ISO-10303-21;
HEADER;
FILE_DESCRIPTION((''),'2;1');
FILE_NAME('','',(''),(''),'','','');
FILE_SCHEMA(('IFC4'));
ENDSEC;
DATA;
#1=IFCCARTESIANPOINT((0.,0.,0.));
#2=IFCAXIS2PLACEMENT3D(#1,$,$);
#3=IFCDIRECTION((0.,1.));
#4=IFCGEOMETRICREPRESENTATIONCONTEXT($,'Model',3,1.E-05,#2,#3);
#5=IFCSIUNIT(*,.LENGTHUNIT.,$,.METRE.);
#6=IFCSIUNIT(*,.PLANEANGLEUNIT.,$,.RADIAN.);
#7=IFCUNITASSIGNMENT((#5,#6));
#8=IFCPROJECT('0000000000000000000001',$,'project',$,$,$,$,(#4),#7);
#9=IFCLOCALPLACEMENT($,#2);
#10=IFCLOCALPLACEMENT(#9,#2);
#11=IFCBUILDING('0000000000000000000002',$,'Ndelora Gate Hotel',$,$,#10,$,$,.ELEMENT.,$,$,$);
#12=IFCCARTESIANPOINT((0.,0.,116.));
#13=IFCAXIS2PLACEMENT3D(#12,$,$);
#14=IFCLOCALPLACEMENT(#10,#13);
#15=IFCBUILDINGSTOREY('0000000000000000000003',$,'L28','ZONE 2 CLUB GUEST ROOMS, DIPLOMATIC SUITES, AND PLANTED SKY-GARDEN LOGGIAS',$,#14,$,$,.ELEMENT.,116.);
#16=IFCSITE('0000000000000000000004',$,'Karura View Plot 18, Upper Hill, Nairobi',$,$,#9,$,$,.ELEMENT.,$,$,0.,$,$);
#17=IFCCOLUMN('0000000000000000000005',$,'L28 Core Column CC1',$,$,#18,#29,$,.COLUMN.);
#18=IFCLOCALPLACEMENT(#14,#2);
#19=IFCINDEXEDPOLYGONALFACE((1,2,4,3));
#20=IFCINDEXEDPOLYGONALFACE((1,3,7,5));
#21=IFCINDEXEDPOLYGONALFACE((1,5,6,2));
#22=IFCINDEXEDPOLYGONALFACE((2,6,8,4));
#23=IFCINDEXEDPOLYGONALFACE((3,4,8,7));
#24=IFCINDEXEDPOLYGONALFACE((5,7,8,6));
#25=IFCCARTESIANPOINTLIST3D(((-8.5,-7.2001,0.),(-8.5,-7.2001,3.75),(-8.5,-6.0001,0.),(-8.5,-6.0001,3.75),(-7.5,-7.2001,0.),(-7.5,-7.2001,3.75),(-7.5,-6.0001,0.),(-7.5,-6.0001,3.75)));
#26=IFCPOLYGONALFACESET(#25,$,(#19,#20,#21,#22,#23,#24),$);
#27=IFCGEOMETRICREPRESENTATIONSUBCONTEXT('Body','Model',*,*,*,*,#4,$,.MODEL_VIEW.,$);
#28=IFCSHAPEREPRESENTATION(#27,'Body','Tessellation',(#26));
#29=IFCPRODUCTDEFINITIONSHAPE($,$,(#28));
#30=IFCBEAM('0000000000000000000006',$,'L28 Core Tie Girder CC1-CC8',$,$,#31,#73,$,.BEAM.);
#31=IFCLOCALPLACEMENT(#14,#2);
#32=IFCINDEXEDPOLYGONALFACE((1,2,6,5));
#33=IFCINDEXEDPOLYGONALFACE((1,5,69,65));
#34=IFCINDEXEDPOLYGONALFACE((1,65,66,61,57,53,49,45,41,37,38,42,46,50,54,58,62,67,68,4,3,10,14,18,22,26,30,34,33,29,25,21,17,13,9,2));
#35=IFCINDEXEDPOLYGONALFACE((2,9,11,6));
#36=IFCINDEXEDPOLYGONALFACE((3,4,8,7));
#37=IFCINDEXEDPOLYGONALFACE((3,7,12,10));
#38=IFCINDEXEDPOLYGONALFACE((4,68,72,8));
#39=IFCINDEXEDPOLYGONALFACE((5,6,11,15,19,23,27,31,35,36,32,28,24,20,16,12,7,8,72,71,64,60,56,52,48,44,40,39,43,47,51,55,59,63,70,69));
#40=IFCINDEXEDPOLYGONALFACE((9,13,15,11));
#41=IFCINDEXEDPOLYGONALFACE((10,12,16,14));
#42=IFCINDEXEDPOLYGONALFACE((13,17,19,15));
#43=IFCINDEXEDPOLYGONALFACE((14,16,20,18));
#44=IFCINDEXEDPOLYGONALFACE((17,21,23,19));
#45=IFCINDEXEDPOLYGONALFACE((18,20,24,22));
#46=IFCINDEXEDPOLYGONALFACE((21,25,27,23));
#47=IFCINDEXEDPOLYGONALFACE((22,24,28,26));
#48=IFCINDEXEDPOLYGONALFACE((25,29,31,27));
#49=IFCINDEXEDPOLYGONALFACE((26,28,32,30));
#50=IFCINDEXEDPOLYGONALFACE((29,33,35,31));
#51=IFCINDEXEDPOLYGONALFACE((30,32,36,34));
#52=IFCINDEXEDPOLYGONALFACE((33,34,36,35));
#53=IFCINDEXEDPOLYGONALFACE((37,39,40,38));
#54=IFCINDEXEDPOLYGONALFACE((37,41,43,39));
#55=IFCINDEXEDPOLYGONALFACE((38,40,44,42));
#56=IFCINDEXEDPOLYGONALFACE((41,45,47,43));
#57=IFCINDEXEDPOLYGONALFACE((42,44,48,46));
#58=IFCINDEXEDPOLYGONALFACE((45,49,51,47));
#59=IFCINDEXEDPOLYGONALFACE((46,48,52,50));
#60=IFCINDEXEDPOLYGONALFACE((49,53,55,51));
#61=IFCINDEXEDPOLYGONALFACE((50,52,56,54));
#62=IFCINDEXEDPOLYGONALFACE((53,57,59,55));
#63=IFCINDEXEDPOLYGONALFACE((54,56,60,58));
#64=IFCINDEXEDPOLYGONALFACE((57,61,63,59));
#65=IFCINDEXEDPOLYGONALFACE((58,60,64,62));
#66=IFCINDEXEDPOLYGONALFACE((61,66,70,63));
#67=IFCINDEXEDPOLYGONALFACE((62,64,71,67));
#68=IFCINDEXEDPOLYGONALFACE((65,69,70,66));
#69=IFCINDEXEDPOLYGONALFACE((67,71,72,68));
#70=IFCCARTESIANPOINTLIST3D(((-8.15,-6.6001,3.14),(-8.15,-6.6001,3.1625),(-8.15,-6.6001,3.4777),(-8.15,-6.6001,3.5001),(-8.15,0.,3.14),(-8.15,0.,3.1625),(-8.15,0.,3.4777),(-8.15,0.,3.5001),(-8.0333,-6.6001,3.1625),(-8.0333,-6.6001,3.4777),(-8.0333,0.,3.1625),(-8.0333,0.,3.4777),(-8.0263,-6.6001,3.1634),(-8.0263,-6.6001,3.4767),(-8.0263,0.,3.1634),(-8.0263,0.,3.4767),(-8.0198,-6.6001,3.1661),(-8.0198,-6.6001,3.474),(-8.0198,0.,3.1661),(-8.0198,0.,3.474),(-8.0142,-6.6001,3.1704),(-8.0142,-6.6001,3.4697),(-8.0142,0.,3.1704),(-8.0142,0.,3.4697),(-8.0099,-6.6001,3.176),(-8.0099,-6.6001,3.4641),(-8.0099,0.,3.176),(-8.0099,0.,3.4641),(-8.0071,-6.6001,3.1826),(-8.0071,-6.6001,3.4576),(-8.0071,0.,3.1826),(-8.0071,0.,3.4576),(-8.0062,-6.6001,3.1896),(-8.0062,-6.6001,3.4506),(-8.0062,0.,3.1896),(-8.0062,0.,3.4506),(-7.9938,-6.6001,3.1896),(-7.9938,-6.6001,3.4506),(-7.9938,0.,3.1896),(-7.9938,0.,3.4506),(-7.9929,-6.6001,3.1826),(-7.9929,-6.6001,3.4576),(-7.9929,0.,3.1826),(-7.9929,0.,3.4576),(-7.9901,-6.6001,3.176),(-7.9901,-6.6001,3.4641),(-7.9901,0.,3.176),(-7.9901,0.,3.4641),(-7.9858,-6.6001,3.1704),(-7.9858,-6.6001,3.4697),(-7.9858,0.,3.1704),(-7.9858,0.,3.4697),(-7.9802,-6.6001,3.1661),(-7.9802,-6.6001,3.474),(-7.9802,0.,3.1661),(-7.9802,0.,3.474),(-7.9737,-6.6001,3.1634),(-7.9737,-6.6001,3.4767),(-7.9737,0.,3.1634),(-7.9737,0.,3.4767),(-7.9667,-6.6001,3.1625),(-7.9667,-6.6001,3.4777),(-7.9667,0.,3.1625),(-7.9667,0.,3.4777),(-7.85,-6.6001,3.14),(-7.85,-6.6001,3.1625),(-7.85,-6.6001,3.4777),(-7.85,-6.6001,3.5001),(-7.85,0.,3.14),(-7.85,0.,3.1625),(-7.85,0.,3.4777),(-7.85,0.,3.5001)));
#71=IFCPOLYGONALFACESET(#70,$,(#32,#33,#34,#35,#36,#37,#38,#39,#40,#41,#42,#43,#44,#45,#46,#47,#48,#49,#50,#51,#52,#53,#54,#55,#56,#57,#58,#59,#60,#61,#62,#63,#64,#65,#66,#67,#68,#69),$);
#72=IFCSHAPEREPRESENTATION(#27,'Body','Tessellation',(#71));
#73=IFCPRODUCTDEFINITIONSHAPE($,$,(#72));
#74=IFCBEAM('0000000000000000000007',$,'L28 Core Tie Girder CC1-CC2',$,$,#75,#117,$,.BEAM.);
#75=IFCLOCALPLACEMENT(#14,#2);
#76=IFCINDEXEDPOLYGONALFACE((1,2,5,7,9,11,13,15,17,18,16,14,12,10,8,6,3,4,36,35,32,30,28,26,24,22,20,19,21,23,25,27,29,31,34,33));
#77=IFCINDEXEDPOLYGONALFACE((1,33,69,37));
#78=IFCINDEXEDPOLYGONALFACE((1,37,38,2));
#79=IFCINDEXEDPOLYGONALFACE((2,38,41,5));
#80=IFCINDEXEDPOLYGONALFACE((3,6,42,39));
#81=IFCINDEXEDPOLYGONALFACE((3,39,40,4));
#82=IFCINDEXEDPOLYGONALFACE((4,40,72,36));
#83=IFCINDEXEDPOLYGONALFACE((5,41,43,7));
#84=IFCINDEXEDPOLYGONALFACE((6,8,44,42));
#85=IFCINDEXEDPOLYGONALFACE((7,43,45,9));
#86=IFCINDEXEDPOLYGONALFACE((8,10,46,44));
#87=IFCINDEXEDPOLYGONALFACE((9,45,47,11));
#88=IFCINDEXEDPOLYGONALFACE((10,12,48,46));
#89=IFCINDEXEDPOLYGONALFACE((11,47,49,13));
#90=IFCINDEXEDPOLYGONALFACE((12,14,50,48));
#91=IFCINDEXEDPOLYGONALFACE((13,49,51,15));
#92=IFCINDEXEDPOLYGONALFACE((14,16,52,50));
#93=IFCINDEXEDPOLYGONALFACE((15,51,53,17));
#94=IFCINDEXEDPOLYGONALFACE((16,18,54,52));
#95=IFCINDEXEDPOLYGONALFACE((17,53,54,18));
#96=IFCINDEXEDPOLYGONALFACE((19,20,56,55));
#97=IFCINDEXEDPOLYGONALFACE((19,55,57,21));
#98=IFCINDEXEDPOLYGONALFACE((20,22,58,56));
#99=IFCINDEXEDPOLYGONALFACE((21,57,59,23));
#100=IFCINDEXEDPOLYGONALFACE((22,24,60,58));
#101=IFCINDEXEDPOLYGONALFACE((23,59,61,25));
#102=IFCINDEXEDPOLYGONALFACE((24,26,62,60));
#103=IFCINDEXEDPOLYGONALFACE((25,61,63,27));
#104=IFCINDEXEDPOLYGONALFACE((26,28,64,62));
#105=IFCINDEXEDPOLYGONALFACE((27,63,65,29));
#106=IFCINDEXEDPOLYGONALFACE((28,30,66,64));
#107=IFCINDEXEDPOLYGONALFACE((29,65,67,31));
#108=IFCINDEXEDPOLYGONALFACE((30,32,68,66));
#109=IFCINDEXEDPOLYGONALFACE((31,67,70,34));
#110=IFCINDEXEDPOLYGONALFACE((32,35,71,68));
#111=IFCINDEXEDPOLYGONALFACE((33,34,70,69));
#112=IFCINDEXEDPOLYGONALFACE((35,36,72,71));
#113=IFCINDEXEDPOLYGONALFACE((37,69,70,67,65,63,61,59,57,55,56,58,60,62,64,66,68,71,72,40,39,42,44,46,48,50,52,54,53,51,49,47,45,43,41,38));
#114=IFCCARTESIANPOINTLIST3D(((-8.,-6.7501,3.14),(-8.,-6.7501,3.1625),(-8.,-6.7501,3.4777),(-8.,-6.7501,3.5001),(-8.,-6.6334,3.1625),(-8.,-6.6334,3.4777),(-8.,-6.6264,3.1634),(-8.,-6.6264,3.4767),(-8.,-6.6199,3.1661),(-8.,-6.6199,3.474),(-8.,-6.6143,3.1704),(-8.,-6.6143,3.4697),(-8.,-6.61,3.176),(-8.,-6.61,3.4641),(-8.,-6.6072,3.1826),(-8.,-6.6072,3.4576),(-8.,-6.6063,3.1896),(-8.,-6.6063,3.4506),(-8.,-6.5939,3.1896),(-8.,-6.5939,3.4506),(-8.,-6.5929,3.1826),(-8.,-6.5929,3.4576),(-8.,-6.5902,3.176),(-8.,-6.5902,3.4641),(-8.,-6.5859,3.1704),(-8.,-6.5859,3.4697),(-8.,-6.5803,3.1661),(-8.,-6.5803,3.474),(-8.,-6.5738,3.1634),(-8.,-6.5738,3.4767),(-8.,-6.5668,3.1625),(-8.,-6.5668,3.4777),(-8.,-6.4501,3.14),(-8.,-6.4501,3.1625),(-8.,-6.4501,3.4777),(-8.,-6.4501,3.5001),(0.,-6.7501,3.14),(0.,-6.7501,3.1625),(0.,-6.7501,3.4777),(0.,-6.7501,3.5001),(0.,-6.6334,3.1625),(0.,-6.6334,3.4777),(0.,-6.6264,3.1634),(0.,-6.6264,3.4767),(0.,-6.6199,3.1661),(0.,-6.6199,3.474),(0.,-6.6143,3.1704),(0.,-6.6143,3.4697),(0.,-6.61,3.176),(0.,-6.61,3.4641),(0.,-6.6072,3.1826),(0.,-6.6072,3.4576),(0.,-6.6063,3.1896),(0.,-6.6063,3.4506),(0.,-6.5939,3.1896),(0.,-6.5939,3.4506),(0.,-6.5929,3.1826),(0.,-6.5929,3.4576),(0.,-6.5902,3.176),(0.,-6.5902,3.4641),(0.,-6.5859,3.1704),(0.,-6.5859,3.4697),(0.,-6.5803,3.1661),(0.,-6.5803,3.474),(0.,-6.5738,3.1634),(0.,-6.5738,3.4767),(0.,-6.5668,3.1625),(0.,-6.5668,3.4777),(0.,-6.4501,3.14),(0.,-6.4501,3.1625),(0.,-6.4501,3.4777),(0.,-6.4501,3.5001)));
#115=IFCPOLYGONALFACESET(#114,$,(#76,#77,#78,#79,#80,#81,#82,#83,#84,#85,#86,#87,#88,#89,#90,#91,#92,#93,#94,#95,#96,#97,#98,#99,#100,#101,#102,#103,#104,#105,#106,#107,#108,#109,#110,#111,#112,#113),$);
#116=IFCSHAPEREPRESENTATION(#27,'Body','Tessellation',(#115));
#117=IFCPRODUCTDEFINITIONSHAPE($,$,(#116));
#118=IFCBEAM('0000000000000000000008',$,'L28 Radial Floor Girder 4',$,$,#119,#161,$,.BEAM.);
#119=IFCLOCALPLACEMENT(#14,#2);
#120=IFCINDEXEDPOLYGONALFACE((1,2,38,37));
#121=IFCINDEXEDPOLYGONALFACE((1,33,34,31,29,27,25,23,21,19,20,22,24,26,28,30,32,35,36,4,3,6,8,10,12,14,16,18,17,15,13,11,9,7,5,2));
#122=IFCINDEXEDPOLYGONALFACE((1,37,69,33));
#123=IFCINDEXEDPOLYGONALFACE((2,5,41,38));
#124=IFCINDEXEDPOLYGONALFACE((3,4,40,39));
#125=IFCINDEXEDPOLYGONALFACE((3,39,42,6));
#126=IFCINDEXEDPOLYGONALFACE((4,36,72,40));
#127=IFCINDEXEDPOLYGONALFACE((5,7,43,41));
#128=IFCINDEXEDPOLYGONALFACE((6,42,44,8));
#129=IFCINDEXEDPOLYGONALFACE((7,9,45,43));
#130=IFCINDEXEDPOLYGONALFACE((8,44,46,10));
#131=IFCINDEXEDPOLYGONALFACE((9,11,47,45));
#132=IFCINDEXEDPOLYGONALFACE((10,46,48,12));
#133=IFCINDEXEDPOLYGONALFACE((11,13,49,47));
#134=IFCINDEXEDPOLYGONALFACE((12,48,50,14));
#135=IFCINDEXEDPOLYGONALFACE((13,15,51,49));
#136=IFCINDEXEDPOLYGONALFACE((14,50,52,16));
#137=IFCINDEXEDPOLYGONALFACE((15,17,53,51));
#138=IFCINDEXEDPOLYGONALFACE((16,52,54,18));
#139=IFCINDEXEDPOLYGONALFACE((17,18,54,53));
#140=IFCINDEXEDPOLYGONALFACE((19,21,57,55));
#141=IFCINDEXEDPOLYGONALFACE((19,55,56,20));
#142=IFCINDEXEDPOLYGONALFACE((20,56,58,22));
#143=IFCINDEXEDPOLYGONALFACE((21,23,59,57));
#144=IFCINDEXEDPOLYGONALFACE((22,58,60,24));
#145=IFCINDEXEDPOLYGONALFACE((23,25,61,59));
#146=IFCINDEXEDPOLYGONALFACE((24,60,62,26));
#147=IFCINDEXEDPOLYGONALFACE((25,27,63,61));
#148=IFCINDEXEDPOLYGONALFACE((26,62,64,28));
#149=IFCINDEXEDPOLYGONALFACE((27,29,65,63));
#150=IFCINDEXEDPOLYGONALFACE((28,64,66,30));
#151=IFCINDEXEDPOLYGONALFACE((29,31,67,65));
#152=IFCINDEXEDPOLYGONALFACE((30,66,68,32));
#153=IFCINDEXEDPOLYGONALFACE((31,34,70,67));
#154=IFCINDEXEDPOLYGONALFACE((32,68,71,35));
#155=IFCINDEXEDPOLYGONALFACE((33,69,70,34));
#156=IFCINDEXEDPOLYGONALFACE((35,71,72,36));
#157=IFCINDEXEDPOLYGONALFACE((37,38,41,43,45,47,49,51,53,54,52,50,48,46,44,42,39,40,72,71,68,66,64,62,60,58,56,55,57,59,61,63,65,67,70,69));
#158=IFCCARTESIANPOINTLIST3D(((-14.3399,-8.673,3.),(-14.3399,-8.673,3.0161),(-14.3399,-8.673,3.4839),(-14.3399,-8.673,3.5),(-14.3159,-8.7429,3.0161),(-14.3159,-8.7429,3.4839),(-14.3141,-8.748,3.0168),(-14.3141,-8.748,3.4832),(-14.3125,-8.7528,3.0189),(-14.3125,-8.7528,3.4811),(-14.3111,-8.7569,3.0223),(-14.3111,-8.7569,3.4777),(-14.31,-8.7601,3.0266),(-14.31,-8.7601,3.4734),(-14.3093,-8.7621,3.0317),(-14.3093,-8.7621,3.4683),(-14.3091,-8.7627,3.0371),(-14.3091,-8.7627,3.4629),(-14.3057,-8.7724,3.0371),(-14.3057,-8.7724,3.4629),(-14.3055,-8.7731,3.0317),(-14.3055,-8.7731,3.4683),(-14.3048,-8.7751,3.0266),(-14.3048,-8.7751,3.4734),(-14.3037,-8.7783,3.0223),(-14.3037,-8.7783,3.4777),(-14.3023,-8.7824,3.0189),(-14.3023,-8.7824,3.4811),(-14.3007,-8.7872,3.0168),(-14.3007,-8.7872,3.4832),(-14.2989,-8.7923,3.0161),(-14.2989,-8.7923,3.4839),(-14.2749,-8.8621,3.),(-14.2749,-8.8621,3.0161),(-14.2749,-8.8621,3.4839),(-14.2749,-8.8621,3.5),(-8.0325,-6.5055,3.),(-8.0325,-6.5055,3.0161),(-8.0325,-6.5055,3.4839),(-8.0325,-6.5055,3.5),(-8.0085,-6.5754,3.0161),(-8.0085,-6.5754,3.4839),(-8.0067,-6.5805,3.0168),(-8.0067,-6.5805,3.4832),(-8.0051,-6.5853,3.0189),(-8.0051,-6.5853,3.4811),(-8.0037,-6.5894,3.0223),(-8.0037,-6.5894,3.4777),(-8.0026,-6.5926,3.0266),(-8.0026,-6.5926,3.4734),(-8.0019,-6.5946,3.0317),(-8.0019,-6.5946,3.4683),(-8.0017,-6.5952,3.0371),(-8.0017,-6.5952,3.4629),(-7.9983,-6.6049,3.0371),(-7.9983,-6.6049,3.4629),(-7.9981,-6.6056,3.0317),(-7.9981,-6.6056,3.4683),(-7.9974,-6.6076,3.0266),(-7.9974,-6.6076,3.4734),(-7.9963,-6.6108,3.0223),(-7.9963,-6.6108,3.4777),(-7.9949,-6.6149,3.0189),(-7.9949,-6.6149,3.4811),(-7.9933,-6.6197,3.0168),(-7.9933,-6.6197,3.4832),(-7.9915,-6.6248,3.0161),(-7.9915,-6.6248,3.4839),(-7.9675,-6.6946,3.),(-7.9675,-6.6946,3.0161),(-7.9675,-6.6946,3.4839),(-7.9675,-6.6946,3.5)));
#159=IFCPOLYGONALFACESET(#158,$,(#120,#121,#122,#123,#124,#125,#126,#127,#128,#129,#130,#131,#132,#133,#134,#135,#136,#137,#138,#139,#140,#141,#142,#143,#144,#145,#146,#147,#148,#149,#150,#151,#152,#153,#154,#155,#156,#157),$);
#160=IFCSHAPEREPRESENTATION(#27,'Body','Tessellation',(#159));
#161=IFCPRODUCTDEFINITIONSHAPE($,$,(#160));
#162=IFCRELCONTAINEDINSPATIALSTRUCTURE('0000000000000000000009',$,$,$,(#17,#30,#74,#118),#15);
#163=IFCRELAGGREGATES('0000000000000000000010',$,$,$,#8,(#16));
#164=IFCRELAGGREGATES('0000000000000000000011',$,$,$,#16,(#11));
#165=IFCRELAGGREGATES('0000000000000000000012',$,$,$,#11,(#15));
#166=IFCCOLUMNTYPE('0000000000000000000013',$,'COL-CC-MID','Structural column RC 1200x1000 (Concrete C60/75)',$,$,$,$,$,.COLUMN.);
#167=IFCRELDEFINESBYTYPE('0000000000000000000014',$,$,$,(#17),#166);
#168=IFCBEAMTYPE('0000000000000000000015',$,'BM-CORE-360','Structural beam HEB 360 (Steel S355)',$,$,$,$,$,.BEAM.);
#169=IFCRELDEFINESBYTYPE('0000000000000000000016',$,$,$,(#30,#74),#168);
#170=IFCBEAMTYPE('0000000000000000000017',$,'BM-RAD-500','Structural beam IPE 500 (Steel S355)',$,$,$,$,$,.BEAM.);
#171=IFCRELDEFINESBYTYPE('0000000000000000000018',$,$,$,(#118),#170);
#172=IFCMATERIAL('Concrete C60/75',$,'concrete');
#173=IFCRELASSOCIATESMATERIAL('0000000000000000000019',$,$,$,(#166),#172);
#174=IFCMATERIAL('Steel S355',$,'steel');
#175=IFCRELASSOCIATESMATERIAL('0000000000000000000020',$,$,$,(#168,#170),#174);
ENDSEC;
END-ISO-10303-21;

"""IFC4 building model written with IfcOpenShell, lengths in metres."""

from ifc_helpers import new_model, si_unit, direction, frame, origin, origin_2d, place, context, subcontext, project, spatial, rectangle, i_section, extrude, material, material_profile, profile_set, type_object, element, save


model = new_model("IFC4")

# Units and contexts
model_context = context("Model", 3, precision=1e-05, world=origin(), true_north=direction((0.0, 1.0)))
body_context = subcontext(model_context, "Body", "Model", "MODEL_VIEW")
ifc_project = project(units=[si_unit("LENGTHUNIT", "METRE"), si_unit("PLANEANGLEUNIT", "RADIAN")], contexts=[model_context])

# Site, building, storey
site_placement = place(None, origin())
site = spatial("IfcSite", under=ifc_project, at=site_placement, Name="Karura View Plot 18, Upper Hill, Nairobi", CompositionType="ELEMENT", RefElevation=0.0)
building_placement = place(site_placement, origin())
building = spatial("IfcBuilding", under=site, at=building_placement, Name="Ndelora Gate Hotel", CompositionType="ELEMENT")
storey_placement = place(building_placement, frame((0.0, 0.0, 116.0)))
storey = spatial("IfcBuildingStorey", under=building, at=storey_placement, Name="L28", Description="ZONE 2 CLUB GUEST ROOMS, DIPLOMATIC SUITES, AND PLANTED SKY-GARDEN LOGGIAS", CompositionType="ELEMENT", Elevation=116.0)

# Column
ifc_material_1 = material(Name="Concrete C60/75", Category="concrete")
ifc_material_profile_1 = material_profile(ifc_material_1, rectangle(XDim=1.0, YDim=1.2, at=origin_2d()), Name="RC 1200x1000")
ifc_profile_set_1 = profile_set([ifc_material_profile_1], Name="Concrete C60/75")
column_type = type_object("IfcColumnType", Name="COL-CC-MID", Description="Structural column RC 1200x1000 (Concrete C60/75)", PredefinedType="COLUMN", material=ifc_profile_set_1)
column_placement = place(storey_placement, frame((-8.0, -6.6001, 0.0), z_axis=(0.0, 0.0, 1.0), x_axis=(1.0, 0.0, 0.0)))
element("IfcColumn", 1, at=column_placement, inside=storey, type_object=column_type, Name="L28 Core Column CC1", PredefinedType="COLUMN", context=body_context, shape_type="SweptSolid", body=[
    extrude(rectangle(XDim=1.0, YDim=1.2, at=origin_2d()), origin(), (0.0, 0.0, 1.0), 3.75),
])

# Beams
ifc_material_2 = material(Name="Steel S355", Category="steel")
ifc_material_profile_2 = material_profile(ifc_material_2, i_section(OverallWidth=0.3, OverallDepth=0.3601, WebThickness=0.0125, FlangeThickness=0.0225, FilletRadius=0.0271, at=origin_2d()), Name="HEB 360")
ifc_profile_set_2 = profile_set([ifc_material_profile_2], Name="Steel S355")
beam_type_1 = type_object("IfcBeamType", Name="BM-CORE-360", Description="Structural beam HEB 360 (Steel S355)", PredefinedType="BEAM", material=ifc_profile_set_2)
beam_1_placement = place(storey_placement, frame((-8.0, -6.6001, 3.3201), z_axis=(0.0, 1.0, 0.0), x_axis=(-1.0, 0.0, 0.0)))
element("IfcBeam", 2, at=beam_1_placement, inside=storey, type_object=beam_type_1, Name="L28 Core Tie Girder CC1-CC8", PredefinedType="BEAM", context=body_context, shape_type="SweptSolid", body=[
    extrude(i_section(OverallWidth=0.3, OverallDepth=0.3601, WebThickness=0.0125, FlangeThickness=0.0225, FilletRadius=0.0271, at=origin_2d()), origin(), (0.0, 0.0, 1.0), 6.6001),
])
beam_2_placement = place(storey_placement, frame((-8.0, -6.6001, 3.3201), z_axis=(1.0, 0.0, 0.0), x_axis=(0.0, 1.0, 0.0)))
element("IfcBeam", 3, at=beam_2_placement, inside=storey, type_object=beam_type_1, Name="L28 Core Tie Girder CC1-CC2", PredefinedType="BEAM", context=body_context, shape_type="SweptSolid", body=[
    extrude(i_section(OverallWidth=0.3, OverallDepth=0.3601, WebThickness=0.0125, FlangeThickness=0.0225, FilletRadius=0.0271, at=origin_2d()), origin(), (0.0, 0.0, 1.0), 8.0),
])
ifc_material_profile_3 = material_profile(ifc_material_2, i_section(OverallWidth=0.2, OverallDepth=0.5, WebThickness=0.0103, FlangeThickness=0.0161, FilletRadius=0.021, at=origin_2d()), Name="IPE 500")
ifc_profile_set_3 = profile_set([ifc_material_profile_3], Name="Steel S355")
beam_type_2 = type_object("IfcBeamType", Name="BM-RAD-500", Description="Structural beam IPE 500 (Steel S355)", PredefinedType="BEAM", material=ifc_profile_set_3)
beam_3_placement = place(storey_placement, frame((-8.0, -6.6001, 3.25), z_axis=(-0.945718, -0.324989, 0.0), x_axis=(0.324989, -0.945718, 0.0)))
element("IfcBeam", 4, at=beam_3_placement, inside=storey, type_object=beam_type_2, Name="L28 Radial Floor Girder 4", PredefinedType="BEAM", context=body_context, shape_type="SweptSolid", body=[
    extrude(i_section(OverallWidth=0.2, OverallDepth=0.5, WebThickness=0.0103, FlangeThickness=0.0161, FilletRadius=0.021, at=origin_2d()), origin(), (0.0, 0.0, 1.0), 6.6694),
])

save(model, "model.ifc")
